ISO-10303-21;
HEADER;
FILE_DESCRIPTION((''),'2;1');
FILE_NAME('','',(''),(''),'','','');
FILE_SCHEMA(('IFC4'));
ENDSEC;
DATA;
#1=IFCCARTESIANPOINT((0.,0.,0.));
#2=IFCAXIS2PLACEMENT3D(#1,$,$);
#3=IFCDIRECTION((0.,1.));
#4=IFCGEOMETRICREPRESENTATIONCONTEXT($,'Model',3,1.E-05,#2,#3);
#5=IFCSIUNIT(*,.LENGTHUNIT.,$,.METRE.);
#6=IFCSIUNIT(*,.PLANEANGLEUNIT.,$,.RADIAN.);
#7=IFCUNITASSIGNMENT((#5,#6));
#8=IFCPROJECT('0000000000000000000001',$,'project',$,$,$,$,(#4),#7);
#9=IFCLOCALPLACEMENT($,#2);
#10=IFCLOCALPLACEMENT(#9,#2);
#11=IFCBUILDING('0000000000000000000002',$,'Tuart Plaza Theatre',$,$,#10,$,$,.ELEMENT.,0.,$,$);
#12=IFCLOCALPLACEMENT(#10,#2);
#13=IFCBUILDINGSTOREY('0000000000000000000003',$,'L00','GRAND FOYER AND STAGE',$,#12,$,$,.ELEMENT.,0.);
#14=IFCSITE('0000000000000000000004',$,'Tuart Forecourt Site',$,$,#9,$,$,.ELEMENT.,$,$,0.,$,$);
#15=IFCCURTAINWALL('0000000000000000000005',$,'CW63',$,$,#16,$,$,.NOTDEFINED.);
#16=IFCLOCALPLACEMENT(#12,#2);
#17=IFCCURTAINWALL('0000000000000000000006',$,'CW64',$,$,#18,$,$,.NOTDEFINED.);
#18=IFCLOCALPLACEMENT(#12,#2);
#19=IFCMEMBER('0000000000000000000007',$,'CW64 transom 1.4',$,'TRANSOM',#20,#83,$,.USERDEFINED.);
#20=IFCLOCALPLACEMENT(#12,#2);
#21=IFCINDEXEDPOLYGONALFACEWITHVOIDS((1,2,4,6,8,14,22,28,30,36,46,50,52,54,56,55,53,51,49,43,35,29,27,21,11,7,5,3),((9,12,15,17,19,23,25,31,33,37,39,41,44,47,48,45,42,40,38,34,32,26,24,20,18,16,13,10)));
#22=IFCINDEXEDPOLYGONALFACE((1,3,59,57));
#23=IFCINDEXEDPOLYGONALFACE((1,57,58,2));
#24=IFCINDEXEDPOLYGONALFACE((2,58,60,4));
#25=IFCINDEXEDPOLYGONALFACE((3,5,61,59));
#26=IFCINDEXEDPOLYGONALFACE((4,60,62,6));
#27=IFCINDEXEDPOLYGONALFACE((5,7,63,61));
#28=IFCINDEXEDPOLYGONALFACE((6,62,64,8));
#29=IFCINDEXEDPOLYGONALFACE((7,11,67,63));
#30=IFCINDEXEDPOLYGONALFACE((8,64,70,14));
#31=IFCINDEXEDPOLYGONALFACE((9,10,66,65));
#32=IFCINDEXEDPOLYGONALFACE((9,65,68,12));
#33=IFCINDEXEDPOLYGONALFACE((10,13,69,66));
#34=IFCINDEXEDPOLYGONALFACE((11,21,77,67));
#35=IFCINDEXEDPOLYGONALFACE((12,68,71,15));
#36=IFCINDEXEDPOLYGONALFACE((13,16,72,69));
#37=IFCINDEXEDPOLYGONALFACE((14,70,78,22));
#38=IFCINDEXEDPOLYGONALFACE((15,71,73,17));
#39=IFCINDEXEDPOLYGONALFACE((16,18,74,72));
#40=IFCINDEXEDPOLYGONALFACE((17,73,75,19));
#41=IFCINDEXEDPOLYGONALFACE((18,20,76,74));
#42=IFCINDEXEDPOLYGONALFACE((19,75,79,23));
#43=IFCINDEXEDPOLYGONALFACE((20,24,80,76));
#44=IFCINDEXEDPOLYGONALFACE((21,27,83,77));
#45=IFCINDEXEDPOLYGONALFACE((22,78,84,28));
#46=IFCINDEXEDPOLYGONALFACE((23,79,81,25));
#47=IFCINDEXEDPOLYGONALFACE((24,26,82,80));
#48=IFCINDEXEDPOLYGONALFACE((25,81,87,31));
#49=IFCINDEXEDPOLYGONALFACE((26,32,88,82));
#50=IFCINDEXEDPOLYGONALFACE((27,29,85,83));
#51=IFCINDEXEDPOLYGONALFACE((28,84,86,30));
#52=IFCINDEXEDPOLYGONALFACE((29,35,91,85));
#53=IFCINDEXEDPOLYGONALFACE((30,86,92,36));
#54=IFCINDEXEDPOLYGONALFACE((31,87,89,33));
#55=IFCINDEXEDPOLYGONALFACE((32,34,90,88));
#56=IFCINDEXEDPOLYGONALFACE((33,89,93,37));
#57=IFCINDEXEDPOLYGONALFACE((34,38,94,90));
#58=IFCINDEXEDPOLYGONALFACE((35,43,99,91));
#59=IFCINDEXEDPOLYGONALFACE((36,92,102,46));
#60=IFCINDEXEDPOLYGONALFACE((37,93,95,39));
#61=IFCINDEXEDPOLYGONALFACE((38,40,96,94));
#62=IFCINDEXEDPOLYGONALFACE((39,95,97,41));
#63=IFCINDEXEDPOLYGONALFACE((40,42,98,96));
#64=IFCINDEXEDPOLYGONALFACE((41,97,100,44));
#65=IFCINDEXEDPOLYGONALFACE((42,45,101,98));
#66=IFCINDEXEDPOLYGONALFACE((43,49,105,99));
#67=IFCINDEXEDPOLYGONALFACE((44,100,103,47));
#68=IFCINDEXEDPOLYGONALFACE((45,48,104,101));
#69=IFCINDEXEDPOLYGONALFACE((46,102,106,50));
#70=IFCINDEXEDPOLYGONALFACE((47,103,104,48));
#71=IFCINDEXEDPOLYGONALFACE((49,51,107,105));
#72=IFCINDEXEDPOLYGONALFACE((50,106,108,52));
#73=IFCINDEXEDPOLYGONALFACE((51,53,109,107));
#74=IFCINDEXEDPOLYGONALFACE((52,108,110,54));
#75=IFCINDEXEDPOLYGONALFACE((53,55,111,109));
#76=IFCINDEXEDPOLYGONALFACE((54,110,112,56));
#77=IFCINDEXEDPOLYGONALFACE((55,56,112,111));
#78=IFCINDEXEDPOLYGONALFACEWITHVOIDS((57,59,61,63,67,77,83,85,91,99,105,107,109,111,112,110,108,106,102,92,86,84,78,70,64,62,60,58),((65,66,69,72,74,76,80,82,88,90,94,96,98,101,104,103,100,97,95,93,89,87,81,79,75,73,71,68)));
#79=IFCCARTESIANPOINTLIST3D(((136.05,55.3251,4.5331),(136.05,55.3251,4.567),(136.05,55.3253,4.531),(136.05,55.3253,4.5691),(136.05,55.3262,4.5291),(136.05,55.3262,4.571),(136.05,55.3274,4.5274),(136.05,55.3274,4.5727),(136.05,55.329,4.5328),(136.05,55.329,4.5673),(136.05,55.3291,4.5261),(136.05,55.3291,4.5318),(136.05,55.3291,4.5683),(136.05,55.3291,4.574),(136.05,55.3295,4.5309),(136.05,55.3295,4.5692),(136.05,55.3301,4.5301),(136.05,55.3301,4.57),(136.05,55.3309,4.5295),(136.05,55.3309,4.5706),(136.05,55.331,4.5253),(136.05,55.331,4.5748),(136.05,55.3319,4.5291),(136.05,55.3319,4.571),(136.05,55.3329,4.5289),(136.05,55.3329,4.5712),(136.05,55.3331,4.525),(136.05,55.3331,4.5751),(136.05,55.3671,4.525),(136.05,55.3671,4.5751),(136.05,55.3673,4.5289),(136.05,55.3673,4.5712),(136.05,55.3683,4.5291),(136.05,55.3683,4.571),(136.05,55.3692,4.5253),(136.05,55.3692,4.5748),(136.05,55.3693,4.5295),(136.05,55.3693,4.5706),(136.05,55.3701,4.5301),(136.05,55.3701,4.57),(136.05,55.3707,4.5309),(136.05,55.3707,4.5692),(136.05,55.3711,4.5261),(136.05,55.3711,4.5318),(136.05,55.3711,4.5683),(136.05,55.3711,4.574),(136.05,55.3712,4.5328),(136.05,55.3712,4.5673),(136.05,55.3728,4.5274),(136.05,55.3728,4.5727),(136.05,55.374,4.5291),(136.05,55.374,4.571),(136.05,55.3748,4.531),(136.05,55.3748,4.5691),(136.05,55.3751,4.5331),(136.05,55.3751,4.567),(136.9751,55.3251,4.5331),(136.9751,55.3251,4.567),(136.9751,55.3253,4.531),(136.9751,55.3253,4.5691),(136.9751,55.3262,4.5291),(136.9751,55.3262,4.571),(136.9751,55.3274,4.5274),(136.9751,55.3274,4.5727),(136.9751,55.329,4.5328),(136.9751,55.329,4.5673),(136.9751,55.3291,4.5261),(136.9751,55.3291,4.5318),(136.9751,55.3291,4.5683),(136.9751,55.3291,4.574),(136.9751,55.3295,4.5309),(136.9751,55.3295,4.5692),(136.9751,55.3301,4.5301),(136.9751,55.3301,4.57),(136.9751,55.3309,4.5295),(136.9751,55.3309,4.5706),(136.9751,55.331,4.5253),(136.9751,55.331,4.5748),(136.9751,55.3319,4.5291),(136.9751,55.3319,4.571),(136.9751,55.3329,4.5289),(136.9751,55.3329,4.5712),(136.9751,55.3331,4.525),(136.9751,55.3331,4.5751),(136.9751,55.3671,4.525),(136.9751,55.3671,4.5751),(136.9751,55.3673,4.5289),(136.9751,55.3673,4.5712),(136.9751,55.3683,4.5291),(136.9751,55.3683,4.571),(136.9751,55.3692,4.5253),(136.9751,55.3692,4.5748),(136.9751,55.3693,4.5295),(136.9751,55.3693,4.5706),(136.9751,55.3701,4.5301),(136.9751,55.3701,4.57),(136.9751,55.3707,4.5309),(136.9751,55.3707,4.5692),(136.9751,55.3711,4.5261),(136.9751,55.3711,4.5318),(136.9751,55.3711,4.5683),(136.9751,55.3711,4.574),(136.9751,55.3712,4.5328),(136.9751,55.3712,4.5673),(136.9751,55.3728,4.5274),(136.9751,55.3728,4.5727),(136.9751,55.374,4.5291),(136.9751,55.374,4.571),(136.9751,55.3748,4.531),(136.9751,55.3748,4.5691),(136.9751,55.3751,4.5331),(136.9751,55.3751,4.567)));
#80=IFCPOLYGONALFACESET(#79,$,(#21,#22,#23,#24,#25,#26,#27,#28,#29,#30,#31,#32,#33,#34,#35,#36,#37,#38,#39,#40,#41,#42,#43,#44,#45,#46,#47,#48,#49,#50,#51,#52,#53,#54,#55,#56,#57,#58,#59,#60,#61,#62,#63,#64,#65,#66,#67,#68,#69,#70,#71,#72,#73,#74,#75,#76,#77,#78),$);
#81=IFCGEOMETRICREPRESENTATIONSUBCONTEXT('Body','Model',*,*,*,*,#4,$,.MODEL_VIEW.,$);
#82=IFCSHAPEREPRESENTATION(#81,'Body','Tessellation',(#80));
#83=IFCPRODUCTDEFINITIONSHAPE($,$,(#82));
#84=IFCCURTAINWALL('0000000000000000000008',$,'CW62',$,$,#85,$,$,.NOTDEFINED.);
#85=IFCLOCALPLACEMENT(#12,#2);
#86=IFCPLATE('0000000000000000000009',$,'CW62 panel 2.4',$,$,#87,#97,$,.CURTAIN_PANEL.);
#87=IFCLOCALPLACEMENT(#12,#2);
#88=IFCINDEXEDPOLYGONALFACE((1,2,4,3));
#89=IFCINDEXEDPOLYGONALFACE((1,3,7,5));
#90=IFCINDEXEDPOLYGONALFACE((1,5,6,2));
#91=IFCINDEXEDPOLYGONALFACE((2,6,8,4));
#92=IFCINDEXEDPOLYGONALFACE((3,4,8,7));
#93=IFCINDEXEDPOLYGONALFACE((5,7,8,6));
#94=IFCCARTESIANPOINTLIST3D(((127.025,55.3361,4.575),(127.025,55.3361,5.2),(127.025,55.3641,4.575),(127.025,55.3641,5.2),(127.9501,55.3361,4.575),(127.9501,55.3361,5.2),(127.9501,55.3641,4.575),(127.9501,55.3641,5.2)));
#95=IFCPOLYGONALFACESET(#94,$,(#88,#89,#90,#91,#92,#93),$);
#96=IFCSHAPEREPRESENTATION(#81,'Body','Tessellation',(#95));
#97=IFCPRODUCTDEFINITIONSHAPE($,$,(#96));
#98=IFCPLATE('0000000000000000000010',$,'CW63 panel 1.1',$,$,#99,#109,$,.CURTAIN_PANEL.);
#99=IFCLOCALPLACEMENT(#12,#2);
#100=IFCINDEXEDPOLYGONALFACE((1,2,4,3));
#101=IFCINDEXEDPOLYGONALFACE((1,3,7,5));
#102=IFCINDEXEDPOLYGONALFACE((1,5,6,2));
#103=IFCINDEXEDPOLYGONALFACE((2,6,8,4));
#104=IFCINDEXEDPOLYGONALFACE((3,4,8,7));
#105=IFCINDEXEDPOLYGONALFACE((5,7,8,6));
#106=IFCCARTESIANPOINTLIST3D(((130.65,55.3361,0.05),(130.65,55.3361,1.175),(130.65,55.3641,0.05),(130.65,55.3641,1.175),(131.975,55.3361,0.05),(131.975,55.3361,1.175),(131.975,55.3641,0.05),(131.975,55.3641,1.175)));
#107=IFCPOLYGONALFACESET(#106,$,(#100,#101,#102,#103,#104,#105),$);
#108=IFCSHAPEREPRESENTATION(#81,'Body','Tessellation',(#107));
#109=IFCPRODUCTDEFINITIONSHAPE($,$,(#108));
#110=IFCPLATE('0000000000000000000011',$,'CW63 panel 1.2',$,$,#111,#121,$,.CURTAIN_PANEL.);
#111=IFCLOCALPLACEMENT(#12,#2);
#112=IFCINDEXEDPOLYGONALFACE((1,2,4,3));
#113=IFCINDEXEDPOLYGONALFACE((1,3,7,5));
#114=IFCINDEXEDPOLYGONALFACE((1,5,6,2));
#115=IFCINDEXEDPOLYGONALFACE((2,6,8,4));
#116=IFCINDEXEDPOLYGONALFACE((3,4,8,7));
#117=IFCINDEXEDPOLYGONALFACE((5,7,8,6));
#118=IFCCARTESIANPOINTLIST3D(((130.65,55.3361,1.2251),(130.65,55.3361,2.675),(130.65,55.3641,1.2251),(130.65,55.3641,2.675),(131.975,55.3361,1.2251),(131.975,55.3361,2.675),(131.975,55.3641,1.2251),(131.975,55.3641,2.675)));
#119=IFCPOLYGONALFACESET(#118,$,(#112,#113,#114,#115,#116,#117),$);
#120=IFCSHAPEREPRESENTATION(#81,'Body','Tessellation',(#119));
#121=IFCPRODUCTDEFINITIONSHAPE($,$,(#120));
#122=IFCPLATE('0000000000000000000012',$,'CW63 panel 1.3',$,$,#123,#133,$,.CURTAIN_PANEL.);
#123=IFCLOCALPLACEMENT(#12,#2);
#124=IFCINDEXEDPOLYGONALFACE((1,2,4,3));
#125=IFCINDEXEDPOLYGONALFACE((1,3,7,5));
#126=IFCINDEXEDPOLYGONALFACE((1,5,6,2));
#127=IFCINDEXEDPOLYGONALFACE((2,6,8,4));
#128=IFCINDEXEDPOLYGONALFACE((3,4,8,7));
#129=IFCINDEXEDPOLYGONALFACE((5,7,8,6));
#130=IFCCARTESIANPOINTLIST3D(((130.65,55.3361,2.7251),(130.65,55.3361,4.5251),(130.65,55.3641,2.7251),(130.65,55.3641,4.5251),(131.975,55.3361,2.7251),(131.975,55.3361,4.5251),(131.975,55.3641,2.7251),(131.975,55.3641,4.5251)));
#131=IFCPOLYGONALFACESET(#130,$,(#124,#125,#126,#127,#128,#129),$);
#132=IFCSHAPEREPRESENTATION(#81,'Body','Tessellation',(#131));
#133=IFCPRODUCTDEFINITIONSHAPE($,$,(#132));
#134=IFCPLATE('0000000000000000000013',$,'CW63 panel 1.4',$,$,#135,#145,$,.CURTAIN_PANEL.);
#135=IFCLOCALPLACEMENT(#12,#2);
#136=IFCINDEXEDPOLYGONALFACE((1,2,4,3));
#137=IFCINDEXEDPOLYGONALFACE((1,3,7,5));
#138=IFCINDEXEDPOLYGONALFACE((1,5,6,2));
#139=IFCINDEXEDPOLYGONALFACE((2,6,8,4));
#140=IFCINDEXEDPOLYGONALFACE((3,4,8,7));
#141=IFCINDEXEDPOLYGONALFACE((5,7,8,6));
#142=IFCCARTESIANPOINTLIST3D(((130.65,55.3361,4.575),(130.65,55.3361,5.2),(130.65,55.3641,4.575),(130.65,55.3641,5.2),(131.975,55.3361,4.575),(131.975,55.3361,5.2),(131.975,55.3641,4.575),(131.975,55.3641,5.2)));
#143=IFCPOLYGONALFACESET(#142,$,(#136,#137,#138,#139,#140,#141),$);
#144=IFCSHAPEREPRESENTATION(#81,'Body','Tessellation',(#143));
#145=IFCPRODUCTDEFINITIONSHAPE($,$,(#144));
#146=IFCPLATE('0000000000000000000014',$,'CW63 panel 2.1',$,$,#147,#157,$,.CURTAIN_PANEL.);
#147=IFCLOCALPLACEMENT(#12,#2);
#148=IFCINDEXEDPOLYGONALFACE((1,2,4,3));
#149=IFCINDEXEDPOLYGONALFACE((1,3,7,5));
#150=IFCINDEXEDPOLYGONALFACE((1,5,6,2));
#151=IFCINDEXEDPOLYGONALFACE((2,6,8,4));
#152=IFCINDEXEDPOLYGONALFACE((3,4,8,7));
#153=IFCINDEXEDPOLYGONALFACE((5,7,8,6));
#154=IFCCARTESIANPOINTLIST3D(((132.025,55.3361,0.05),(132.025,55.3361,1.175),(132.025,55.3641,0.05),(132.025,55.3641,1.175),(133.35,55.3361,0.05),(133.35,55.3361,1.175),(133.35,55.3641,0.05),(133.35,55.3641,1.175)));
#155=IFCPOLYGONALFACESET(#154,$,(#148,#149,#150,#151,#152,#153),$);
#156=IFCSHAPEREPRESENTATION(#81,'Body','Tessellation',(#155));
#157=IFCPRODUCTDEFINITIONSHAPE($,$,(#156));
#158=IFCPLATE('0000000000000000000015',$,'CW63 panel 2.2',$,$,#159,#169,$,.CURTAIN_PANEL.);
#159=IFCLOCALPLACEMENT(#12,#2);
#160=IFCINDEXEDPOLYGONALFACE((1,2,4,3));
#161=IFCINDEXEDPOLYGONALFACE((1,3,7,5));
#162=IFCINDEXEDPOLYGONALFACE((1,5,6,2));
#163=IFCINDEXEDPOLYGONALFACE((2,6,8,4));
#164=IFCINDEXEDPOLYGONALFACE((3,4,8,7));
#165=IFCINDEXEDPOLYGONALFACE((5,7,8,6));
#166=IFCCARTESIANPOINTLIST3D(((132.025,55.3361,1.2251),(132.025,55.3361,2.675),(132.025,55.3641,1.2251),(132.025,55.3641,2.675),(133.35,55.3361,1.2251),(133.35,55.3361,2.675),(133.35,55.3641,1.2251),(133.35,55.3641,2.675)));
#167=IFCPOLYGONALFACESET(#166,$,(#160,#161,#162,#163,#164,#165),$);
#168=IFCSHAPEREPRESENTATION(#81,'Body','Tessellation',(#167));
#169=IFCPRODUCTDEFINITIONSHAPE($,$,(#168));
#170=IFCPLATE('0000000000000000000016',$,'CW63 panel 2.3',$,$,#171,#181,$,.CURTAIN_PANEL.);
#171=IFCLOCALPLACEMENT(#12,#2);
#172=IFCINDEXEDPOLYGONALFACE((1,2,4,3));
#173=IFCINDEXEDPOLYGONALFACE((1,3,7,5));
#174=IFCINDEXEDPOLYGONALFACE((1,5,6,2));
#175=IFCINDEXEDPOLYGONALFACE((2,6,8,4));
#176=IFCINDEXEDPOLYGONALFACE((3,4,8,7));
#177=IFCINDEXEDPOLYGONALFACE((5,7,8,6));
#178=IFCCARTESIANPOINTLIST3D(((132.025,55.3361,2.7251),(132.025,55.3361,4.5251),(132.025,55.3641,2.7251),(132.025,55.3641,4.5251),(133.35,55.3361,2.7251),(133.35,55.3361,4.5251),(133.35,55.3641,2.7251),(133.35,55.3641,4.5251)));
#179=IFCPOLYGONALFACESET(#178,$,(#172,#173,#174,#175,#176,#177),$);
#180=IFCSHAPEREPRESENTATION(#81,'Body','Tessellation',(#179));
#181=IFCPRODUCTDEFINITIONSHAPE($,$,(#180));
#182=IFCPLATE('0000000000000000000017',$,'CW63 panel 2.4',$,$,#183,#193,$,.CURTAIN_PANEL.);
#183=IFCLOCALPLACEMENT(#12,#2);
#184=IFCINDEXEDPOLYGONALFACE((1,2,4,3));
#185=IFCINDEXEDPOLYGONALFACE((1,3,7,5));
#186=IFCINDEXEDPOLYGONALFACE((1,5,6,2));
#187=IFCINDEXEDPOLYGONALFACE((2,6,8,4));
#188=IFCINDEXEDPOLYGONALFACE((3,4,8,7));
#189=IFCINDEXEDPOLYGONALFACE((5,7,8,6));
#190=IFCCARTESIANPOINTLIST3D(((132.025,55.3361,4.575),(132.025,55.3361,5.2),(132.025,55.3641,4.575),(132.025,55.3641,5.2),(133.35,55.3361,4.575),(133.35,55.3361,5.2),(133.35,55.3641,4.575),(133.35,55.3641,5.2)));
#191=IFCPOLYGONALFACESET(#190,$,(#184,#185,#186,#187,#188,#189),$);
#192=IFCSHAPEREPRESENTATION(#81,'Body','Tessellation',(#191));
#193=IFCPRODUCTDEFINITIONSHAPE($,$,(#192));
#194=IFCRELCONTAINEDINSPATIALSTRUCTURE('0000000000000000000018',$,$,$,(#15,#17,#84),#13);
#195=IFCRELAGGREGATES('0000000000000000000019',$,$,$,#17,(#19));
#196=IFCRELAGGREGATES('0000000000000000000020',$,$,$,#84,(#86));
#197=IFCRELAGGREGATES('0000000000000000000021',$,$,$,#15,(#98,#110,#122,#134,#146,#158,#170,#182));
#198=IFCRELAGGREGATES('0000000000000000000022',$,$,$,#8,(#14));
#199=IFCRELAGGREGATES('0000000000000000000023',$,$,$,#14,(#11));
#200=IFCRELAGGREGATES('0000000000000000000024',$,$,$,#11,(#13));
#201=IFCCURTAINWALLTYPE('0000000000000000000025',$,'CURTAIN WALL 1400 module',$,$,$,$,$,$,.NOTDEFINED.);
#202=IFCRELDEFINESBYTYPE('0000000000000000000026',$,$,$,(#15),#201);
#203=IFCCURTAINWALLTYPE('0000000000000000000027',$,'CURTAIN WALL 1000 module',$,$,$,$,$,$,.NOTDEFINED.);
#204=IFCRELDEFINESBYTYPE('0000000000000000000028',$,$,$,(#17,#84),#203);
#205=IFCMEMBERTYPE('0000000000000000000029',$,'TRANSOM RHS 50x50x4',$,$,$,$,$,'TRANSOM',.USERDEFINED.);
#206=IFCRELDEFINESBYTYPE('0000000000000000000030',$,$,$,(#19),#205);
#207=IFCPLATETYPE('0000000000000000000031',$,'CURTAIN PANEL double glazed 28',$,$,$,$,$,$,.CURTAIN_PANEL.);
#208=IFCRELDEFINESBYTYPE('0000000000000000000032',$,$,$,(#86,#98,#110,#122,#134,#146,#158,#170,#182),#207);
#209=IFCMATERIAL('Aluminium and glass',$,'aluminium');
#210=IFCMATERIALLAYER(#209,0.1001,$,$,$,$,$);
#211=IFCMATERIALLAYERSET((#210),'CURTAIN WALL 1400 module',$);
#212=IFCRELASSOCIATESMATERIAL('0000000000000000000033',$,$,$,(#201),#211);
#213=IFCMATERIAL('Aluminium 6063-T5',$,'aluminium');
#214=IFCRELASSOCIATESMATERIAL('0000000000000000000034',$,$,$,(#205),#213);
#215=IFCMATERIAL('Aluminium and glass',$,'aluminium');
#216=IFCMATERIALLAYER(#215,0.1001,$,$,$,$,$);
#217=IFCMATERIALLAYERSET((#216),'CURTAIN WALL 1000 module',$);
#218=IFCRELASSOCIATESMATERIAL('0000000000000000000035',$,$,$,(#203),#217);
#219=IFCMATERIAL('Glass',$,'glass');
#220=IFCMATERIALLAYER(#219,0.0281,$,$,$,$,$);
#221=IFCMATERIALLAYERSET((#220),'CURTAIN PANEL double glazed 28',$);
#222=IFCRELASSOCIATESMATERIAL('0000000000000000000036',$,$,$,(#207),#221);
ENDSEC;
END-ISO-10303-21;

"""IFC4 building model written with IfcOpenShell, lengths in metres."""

from ifc_helpers import new_model, si_unit, direction, frame, origin, origin_2d, place, context, subcontext, project, spatial, rectangle, hollow_rectangle, extrude, material, layer, layer_set, material_profile, profile_set, type_object, element, aggregate, save


model = new_model("IFC4")

# Units and contexts
model_context = context("Model", 3, precision=1e-05, world=origin(), true_north=direction((0.0, 1.0)))
body_context = subcontext(model_context, "Body", "Model", "MODEL_VIEW")
ifc_project = project(units=[si_unit("LENGTHUNIT", "METRE"), si_unit("PLANEANGLEUNIT", "RADIAN")], contexts=[model_context])

# Site, building, storey
site_placement = place(None, origin())
site = spatial("IfcSite", under=ifc_project, at=site_placement, Name="Tuart Forecourt Site", CompositionType="ELEMENT", RefElevation=0.0)
building_placement = place(site_placement, origin())
building = spatial("IfcBuilding", under=site, at=building_placement, Name="Tuart Plaza Theatre", CompositionType="ELEMENT", ElevationOfRefHeight=0.0)
storey_placement = place(building_placement, origin())
storey = spatial("IfcBuildingStorey", under=building, at=storey_placement, Name="L00", Description="GRAND FOYER AND STAGE", CompositionType="ELEMENT", Elevation=0.0)

# Curtain walls, member
ifc_material_1 = material(Name="Aluminium and glass", Category="aluminium")
ifc_layer_1 = layer(ifc_material_1, 0.1001)
ifc_layer_set_1 = layer_set([ifc_layer_1], Name="CURTAIN WALL 1400 module")
curtain_wall_type_1 = type_object("IfcCurtainWallType", Name="CURTAIN WALL 1400 module", PredefinedType="NOTDEFINED", material=ifc_layer_set_1)
curtain_wall_1_placement = place(storey_placement, origin())
curtain_wall_1 = element("IfcCurtainWall", 1, at=curtain_wall_1_placement, inside=storey, type_object=curtain_wall_type_1, Name="CW63", PredefinedType="NOTDEFINED")
ifc_material_2 = material(Name="Aluminium 6063-T5", Category="aluminium")
ifc_material_profile_1 = material_profile(ifc_material_2, hollow_rectangle(XDim=0.05, YDim=0.05, WallThickness=0.0039, InnerFilletRadius=0.0039, OuterFilletRadius=0.0081, at=origin_2d()), Name="RHS 50x50x4")
ifc_profile_set_1 = profile_set([ifc_material_profile_1], Name="Aluminium 6063-T5")
member_type_1 = type_object("IfcMemberType", Name="TRANSOM RHS 50x50x4", ElementType="TRANSOM", PredefinedType="USERDEFINED", material=ifc_profile_set_1)
ifc_material_3 = material(Name="Aluminium and glass", Category="aluminium")
ifc_layer_2 = layer(ifc_material_3, 0.1001)
ifc_layer_set_2 = layer_set([ifc_layer_2], Name="CURTAIN WALL 1000 module")
curtain_wall_type_2 = type_object("IfcCurtainWallType", Name="CURTAIN WALL 1000 module", PredefinedType="NOTDEFINED", material=ifc_layer_set_2)
curtain_wall_2_placement = place(storey_placement, origin())
curtain_wall_2 = element("IfcCurtainWall", 2, at=curtain_wall_2_placement, inside=storey, type_object=curtain_wall_type_2, Name="CW64", PredefinedType="NOTDEFINED")
member_1_placement = place(storey_placement, frame((136.05, 55.3501, 4.55), z_axis=(1.0, 0.0, 0.0), x_axis=(0.0, 1.0, 0.0)))
member_1 = element("IfcMember", 3, at=member_1_placement, type_object=member_type_1, Name="CW64 transom 1.4", ObjectType="TRANSOM", PredefinedType="USERDEFINED", context=body_context, shape_type="SweptSolid", body=[
    extrude(hollow_rectangle(XDim=0.05, YDim=0.05, WallThickness=0.0039, InnerFilletRadius=0.0039, OuterFilletRadius=0.0081, at=origin_2d()), origin(), (0.0, 0.0, 1.0), 0.925),
])
aggregate(curtain_wall_2, [member_1])

# Curtain wall, plate
curtain_wall_3_placement = place(storey_placement, origin())
curtain_wall_3 = element("IfcCurtainWall", 4, at=curtain_wall_3_placement, inside=storey, type_object=curtain_wall_type_2, Name="CW62", PredefinedType="NOTDEFINED")
ifc_material_4 = material(Name="Glass", Category="glass")
ifc_layer_3 = layer(ifc_material_4, 0.0281)
ifc_layer_set_3 = layer_set([ifc_layer_3], Name="CURTAIN PANEL double glazed 28")
plate_type = type_object("IfcPlateType", Name="CURTAIN PANEL double glazed 28", PredefinedType="CURTAIN_PANEL", material=ifc_layer_set_3)
plate_1_placement = place(storey_placement, frame((127.4875, 55.3501, 4.575), z_axis=(0.0, 0.0, 1.0), x_axis=(1.0, 0.0, 0.0)))
plate_1 = element("IfcPlate", 5, at=plate_1_placement, type_object=plate_type, Name="CW62 panel 2.4", PredefinedType="CURTAIN_PANEL", context=body_context, shape_type="SweptSolid", body=[
    extrude(rectangle(XDim=0.925, YDim=0.0281, at=origin_2d()), origin(), (0.0, 0.0, 1.0), 0.625),
])
aggregate(curtain_wall_3, [plate_1])

# Plates
plate_2_placement = place(storey_placement, frame((131.3125, 55.3501, 0.05), z_axis=(0.0, 0.0, 1.0), x_axis=(1.0, 0.0, 0.0)))
plate_2 = element("IfcPlate", 6, at=plate_2_placement, type_object=plate_type, Name="CW63 panel 1.1", PredefinedType="CURTAIN_PANEL", context=body_context, shape_type="SweptSolid", body=[
    extrude(rectangle(XDim=1.325, YDim=0.0281, at=origin_2d()), origin(), (0.0, 0.0, 1.0), 1.125),
])
plate_3_placement = place(storey_placement, frame((131.3125, 55.3501, 1.2251), z_axis=(0.0, 0.0, 1.0), x_axis=(1.0, 0.0, 0.0)))
plate_3 = element("IfcPlate", 7, at=plate_3_placement, type_object=plate_type, Name="CW63 panel 1.2", PredefinedType="CURTAIN_PANEL", context=body_context, shape_type="SweptSolid", body=[
    extrude(rectangle(XDim=1.325, YDim=0.0281, at=origin_2d()), origin(), (0.0, 0.0, 1.0), 1.45),
])
plate_4_placement = place(storey_placement, frame((131.3125, 55.3501, 2.7251), z_axis=(0.0, 0.0, 1.0), x_axis=(1.0, 0.0, 0.0)))
plate_4 = element("IfcPlate", 8, at=plate_4_placement, type_object=plate_type, Name="CW63 panel 1.3", PredefinedType="CURTAIN_PANEL", context=body_context, shape_type="SweptSolid", body=[
    extrude(rectangle(XDim=1.325, YDim=0.0281, at=origin_2d()), origin(), (0.0, 0.0, 1.0), 1.8),
])
plate_5_placement = place(storey_placement, frame((131.3125, 55.3501, 4.575), z_axis=(0.0, 0.0, 1.0), x_axis=(1.0, 0.0, 0.0)))
plate_5 = element("IfcPlate", 9, at=plate_5_placement, type_object=plate_type, Name="CW63 panel 1.4", PredefinedType="CURTAIN_PANEL", context=body_context, shape_type="SweptSolid", body=[
    extrude(rectangle(XDim=1.325, YDim=0.0281, at=origin_2d()), origin(), (0.0, 0.0, 1.0), 0.625),
])
plate_6_placement = place(storey_placement, frame((132.6875, 55.3501, 0.05), z_axis=(0.0, 0.0, 1.0), x_axis=(1.0, 0.0, 0.0)))
plate_6 = element("IfcPlate", 10, at=plate_6_placement, type_object=plate_type, Name="CW63 panel 2.1", PredefinedType="CURTAIN_PANEL", context=body_context, shape_type="SweptSolid", body=[
    extrude(rectangle(XDim=1.325, YDim=0.0281, at=origin_2d()), origin(), (0.0, 0.0, 1.0), 1.125),
])
plate_7_placement = place(storey_placement, frame((132.6875, 55.3501, 1.2251), z_axis=(0.0, 0.0, 1.0), x_axis=(1.0, 0.0, 0.0)))
plate_7 = element("IfcPlate", 11, at=plate_7_placement, type_object=plate_type, Name="CW63 panel 2.2", PredefinedType="CURTAIN_PANEL", context=body_context, shape_type="SweptSolid", body=[
    extrude(rectangle(XDim=1.325, YDim=0.0281, at=origin_2d()), origin(), (0.0, 0.0, 1.0), 1.45),
])
plate_8_placement = place(storey_placement, frame((132.6875, 55.3501, 2.7251), z_axis=(0.0, 0.0, 1.0), x_axis=(1.0, 0.0, 0.0)))
plate_8 = element("IfcPlate", 12, at=plate_8_placement, type_object=plate_type, Name="CW63 panel 2.3", PredefinedType="CURTAIN_PANEL", context=body_context, shape_type="SweptSolid", body=[
    extrude(rectangle(XDim=1.325, YDim=0.0281, at=origin_2d()), origin(), (0.0, 0.0, 1.0), 1.8),
])
plate_9_placement = place(storey_placement, frame((132.6875, 55.3501, 4.575), z_axis=(0.0, 0.0, 1.0), x_axis=(1.0, 0.0, 0.0)))
plate_9 = element("IfcPlate", 13, at=plate_9_placement, type_object=plate_type, Name="CW63 panel 2.4", PredefinedType="CURTAIN_PANEL", context=body_context, shape_type="SweptSolid", body=[
    extrude(rectangle(XDim=1.325, YDim=0.0281, at=origin_2d()), origin(), (0.0, 0.0, 1.0), 0.625),
])
aggregate(curtain_wall_1, [plate_2, plate_3, plate_4, plate_5, plate_6, plate_7, plate_8, plate_9])

save(model, "model.ifc")
